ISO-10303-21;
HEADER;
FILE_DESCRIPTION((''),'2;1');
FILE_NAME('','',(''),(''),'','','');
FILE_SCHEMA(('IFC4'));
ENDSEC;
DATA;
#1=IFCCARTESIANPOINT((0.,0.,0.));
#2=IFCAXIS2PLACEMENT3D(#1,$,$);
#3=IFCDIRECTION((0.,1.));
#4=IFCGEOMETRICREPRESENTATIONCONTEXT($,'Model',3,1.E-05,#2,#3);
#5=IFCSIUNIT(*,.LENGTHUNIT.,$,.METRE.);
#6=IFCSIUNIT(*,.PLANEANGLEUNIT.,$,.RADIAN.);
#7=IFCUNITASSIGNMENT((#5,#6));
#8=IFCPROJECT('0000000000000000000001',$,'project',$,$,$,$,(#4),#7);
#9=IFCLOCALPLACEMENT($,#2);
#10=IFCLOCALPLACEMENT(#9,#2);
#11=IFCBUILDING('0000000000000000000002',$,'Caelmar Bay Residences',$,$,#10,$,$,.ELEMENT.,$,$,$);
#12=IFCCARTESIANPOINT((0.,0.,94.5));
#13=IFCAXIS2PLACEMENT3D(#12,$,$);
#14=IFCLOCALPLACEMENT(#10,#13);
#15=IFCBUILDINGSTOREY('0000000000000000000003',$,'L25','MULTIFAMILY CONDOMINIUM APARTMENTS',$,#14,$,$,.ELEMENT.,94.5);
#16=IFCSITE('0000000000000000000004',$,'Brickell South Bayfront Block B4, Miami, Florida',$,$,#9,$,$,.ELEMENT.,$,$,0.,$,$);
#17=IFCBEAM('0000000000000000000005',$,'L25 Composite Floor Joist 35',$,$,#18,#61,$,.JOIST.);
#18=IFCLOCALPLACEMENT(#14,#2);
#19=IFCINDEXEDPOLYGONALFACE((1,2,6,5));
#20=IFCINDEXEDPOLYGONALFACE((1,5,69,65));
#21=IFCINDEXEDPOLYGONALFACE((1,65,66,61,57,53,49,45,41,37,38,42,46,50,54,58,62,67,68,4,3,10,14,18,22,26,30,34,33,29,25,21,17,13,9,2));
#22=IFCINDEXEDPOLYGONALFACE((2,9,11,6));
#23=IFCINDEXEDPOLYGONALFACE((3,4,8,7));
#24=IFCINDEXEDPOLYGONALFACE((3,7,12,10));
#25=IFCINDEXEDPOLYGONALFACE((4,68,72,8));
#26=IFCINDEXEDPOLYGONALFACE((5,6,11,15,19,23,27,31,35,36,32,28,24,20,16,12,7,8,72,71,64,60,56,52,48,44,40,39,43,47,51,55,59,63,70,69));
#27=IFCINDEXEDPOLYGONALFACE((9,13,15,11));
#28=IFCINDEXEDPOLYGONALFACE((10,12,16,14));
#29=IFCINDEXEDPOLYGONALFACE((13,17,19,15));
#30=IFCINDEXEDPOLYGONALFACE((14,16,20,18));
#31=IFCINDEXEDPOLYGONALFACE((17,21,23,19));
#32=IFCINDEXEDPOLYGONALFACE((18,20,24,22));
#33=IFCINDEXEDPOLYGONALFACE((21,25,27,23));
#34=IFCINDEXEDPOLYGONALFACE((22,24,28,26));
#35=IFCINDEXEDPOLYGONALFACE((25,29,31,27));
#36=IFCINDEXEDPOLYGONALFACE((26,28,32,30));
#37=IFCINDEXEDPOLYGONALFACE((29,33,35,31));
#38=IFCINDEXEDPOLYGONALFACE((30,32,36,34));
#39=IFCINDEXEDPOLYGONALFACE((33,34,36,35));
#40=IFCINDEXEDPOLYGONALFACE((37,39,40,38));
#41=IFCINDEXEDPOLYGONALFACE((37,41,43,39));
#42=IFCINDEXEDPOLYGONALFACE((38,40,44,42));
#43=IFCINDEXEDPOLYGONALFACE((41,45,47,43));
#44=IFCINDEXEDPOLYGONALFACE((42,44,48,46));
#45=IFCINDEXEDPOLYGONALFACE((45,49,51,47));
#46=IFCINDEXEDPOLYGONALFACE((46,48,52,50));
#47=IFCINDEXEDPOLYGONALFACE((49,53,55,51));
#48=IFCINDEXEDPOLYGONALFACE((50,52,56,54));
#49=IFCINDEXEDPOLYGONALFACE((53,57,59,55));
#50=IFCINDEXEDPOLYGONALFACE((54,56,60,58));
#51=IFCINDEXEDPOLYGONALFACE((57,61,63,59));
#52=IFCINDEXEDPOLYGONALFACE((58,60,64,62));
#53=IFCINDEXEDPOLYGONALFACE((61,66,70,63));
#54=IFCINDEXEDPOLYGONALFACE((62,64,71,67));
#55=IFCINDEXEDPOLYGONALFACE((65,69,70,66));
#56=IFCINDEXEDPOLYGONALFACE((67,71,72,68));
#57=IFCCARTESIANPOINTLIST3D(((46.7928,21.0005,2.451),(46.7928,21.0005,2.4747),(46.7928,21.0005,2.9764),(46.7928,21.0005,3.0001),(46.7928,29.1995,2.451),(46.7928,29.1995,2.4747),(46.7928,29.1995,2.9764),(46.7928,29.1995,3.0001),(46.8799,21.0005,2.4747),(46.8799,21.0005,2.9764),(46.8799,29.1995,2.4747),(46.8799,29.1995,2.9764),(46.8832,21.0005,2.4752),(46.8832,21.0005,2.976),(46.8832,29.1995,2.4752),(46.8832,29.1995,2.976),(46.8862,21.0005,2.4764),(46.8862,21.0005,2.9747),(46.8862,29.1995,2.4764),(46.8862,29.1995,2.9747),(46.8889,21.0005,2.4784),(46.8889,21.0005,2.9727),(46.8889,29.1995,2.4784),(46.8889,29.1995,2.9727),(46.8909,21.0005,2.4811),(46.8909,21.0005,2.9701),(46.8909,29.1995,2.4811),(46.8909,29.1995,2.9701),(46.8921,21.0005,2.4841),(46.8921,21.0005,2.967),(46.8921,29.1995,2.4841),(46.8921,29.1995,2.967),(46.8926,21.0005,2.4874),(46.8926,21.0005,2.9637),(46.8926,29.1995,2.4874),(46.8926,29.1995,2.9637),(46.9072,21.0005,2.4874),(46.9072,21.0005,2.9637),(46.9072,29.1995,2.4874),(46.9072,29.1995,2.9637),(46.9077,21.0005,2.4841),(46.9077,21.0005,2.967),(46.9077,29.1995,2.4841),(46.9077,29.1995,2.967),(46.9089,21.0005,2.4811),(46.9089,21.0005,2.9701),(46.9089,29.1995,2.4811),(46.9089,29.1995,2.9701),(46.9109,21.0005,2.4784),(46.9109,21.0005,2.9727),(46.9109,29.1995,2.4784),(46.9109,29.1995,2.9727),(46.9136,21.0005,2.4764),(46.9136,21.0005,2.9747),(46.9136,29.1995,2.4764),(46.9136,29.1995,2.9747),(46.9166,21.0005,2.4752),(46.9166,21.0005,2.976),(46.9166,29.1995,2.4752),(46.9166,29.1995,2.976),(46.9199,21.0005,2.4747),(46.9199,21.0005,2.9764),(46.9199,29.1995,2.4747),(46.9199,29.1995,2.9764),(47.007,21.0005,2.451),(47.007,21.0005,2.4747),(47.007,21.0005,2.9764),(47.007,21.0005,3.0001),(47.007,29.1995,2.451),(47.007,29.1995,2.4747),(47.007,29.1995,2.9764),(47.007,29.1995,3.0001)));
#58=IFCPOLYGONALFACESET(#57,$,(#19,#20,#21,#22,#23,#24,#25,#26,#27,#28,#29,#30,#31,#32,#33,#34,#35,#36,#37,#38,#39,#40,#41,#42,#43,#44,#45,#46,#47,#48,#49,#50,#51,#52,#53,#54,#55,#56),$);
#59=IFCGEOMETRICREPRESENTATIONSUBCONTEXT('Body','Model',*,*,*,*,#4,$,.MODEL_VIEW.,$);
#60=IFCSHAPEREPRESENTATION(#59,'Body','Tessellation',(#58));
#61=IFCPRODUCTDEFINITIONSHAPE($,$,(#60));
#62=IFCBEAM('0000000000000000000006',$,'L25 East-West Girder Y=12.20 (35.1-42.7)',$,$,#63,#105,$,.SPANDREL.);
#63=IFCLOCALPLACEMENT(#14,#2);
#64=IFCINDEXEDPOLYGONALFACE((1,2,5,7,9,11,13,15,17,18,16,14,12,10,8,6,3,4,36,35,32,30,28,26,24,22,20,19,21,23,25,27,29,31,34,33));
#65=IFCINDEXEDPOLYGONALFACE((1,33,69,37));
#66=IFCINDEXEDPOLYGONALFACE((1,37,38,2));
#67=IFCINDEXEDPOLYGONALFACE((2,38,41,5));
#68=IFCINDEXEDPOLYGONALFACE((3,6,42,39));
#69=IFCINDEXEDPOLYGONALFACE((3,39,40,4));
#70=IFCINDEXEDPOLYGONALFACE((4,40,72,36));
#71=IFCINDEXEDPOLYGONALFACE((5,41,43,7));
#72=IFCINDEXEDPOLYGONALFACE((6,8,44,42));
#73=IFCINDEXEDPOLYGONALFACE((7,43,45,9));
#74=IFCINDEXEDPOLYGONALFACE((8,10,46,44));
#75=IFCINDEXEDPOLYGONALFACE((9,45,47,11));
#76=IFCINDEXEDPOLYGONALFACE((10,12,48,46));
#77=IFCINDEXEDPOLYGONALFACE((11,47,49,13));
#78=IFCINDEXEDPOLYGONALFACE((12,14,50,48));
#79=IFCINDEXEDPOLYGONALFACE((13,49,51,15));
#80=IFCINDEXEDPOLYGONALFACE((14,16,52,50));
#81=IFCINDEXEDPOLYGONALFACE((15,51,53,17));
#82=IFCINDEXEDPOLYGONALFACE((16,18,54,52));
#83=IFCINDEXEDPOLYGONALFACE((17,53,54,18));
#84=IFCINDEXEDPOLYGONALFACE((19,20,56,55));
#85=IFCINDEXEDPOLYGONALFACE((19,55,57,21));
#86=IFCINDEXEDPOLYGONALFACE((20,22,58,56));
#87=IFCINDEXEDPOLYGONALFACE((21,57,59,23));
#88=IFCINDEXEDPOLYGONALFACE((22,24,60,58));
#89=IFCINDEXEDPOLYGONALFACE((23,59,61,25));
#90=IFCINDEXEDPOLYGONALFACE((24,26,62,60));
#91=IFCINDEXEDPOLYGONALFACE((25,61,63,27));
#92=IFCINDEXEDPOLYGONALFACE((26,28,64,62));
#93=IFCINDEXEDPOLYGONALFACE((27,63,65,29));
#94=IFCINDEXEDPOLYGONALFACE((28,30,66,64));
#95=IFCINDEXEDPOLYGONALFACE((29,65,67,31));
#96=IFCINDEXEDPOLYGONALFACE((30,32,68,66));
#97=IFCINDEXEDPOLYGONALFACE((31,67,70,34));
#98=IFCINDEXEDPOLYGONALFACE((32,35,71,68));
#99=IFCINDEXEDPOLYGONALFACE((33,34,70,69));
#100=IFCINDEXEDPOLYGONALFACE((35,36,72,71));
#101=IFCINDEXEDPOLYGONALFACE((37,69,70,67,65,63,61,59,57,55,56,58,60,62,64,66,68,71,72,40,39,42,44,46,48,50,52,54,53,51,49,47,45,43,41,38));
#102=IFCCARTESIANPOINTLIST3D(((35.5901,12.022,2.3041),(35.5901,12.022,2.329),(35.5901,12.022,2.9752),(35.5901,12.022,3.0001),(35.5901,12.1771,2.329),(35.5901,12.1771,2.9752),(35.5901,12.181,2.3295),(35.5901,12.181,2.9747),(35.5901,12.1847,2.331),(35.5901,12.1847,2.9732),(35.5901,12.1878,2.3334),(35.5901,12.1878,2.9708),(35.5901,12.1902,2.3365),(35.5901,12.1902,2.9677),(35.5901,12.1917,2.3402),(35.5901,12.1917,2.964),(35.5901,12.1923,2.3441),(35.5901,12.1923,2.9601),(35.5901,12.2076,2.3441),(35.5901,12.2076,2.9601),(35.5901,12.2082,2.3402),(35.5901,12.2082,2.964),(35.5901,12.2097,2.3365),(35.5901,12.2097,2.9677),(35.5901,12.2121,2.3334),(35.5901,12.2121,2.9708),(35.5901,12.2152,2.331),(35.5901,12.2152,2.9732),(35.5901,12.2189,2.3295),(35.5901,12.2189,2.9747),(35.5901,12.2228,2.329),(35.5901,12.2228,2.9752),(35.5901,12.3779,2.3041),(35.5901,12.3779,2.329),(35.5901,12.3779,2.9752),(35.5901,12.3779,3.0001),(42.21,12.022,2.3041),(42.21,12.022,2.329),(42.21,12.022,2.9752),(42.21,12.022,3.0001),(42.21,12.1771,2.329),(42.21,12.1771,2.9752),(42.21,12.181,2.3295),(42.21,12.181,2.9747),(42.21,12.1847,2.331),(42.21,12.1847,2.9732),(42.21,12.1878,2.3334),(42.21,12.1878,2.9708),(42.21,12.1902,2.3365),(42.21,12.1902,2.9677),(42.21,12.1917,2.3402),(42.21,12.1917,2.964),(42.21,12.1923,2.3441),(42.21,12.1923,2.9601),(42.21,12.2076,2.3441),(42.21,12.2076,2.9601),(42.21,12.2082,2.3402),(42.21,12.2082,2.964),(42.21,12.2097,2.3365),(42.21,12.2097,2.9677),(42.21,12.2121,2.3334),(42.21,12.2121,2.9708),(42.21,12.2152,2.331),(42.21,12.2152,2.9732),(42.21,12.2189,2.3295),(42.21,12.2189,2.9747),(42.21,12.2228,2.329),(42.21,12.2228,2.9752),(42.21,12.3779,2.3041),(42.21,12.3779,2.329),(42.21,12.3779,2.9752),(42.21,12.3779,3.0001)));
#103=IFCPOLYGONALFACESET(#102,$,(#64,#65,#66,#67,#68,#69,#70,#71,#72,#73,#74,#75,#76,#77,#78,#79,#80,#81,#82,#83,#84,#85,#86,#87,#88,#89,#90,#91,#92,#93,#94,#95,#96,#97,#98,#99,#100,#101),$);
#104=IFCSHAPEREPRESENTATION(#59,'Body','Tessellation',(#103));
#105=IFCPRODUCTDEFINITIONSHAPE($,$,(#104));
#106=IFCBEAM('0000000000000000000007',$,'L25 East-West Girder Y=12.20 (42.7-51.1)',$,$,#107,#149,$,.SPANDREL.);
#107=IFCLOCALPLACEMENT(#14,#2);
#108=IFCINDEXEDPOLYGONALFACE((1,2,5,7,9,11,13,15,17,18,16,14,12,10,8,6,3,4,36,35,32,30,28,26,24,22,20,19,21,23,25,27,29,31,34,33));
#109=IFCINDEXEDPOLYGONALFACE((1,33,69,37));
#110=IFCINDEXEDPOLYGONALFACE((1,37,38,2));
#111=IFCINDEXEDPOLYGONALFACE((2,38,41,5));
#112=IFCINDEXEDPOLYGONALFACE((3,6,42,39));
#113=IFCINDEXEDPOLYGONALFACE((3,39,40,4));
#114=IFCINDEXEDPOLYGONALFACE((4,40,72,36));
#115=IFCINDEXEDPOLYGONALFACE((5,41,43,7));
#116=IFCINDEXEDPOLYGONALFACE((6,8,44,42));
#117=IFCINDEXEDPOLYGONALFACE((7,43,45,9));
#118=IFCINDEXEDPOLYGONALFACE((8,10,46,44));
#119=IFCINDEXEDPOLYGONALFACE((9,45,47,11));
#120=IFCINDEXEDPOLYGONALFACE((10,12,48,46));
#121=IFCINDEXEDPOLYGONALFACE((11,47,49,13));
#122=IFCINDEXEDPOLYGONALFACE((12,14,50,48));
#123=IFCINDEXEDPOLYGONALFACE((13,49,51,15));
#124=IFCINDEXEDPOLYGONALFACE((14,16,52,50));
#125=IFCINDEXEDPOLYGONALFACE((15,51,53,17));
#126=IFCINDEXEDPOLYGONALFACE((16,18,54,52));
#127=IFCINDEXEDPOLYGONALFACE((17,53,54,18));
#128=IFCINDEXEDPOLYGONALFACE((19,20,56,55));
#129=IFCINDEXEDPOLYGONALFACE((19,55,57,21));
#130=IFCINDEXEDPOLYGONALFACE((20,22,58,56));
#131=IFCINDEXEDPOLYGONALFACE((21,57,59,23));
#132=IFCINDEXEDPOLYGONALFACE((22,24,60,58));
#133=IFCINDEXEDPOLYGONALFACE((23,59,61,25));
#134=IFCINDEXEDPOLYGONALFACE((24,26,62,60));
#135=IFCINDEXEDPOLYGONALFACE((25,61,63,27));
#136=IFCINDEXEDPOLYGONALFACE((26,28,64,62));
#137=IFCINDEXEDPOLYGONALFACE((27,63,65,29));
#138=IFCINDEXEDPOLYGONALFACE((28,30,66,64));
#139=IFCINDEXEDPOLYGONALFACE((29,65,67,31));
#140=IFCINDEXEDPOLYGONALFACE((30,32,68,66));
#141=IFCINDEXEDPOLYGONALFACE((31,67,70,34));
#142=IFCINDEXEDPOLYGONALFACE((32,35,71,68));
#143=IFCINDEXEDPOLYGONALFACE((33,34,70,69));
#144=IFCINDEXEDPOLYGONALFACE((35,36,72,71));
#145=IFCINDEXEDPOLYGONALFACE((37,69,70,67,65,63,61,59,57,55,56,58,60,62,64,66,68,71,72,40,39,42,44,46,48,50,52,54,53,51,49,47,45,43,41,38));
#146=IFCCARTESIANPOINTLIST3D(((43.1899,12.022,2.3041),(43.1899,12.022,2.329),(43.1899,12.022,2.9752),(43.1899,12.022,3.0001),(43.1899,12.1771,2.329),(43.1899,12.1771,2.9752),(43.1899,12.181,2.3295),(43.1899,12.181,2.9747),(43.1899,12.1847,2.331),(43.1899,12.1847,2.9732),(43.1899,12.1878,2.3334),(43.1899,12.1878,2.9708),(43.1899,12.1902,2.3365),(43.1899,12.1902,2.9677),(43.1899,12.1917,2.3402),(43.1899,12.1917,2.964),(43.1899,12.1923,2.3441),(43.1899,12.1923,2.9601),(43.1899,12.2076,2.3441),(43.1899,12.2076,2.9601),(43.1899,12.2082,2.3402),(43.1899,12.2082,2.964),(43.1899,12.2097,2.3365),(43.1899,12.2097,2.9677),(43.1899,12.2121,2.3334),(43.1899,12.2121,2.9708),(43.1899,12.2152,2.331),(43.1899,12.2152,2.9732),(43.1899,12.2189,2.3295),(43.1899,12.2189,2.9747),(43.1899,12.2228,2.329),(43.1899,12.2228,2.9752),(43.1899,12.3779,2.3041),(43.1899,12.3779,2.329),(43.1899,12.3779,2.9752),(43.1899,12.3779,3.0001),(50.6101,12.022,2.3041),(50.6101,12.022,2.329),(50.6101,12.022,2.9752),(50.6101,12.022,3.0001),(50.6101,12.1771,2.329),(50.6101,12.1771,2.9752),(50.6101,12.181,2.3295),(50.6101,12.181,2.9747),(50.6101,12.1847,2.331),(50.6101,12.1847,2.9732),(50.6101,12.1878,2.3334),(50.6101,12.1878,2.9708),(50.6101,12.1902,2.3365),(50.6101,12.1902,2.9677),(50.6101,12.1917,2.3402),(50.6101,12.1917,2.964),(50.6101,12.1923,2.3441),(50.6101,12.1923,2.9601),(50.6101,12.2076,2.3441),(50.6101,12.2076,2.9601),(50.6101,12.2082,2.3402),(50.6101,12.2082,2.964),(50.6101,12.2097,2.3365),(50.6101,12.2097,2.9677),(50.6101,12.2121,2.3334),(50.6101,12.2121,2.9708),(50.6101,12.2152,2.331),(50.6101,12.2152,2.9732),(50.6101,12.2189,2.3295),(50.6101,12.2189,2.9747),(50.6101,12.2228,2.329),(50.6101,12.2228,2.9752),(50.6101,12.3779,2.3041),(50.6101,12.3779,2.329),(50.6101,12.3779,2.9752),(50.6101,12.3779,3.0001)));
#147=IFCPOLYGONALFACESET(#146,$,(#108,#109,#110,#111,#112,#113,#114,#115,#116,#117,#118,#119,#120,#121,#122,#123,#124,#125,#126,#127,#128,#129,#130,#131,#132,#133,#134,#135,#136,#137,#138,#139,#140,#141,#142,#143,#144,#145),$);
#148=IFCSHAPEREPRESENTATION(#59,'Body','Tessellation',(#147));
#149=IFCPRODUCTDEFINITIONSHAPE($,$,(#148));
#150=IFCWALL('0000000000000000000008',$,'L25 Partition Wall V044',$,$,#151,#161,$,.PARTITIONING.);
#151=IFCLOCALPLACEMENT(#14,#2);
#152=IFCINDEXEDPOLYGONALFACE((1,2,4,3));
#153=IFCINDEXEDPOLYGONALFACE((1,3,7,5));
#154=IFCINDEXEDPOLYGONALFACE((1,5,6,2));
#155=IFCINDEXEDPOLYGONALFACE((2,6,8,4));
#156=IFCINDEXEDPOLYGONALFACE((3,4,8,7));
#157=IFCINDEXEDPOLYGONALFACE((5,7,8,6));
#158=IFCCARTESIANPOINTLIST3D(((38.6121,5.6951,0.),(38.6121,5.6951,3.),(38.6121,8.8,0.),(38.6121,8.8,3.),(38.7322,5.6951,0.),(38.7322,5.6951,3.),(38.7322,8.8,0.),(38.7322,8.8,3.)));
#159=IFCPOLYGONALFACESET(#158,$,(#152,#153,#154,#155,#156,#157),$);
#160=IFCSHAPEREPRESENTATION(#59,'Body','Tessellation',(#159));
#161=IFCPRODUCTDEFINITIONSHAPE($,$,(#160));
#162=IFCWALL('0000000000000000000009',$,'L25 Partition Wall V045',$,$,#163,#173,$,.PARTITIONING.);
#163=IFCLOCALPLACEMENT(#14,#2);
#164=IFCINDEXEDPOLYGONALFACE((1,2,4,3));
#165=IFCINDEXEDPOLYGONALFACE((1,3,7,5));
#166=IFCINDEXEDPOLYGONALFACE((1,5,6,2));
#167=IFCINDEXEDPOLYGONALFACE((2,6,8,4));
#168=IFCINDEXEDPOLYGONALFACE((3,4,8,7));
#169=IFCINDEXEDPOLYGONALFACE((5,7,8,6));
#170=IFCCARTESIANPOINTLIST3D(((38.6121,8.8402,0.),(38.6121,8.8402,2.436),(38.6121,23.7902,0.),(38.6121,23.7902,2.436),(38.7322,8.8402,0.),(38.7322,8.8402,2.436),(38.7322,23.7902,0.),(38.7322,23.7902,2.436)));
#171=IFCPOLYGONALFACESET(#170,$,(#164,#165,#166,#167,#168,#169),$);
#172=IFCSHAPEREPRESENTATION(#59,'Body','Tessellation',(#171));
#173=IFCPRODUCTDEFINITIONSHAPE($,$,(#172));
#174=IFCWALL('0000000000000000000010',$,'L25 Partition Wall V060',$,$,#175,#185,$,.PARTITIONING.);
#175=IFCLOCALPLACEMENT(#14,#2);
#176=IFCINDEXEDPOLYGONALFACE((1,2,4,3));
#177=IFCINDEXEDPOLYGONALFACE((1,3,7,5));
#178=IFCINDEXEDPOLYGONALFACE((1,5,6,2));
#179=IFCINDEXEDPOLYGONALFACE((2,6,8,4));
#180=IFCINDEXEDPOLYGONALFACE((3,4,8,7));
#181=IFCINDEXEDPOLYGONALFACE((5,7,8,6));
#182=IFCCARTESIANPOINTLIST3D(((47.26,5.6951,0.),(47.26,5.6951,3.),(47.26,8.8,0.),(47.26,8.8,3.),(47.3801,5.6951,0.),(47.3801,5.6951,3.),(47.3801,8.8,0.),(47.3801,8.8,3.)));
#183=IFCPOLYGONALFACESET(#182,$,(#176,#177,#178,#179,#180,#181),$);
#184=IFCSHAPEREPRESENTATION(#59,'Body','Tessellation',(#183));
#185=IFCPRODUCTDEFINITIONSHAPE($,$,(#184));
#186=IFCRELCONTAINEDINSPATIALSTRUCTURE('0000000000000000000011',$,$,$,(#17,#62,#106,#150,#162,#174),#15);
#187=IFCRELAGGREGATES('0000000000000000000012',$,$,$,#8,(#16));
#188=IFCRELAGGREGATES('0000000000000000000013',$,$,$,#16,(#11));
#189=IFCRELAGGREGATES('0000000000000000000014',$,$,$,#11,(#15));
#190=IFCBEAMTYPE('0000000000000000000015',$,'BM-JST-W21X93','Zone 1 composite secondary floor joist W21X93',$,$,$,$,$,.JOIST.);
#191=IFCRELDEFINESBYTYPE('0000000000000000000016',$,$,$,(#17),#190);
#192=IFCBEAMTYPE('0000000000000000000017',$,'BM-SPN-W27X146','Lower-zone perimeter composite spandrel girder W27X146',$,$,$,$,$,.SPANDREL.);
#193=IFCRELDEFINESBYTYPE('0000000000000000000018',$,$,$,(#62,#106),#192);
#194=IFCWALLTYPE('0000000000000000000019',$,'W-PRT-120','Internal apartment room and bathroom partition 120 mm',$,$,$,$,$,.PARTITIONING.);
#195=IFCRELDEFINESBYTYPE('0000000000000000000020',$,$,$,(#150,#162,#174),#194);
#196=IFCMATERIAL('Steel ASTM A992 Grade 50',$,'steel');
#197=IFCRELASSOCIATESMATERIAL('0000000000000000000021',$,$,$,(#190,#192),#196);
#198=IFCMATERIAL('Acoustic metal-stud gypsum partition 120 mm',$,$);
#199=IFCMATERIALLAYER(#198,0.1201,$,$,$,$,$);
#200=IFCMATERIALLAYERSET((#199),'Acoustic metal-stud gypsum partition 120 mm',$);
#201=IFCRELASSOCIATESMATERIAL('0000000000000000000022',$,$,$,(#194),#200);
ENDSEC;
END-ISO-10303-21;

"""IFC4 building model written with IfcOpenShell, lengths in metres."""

from ifc_helpers import new_model, si_unit, direction, frame, frame_2d, origin, origin_2d, place, context, subcontext, project, spatial, rectangle, i_section, extrude, material, layer, layer_set, material_profile, profile_set, type_object, element, save


model = new_model("IFC4")

# Units and contexts
model_context = context("Model", 3, precision=1e-05, world=origin(), true_north=direction((0.0, 1.0)))
body_context = subcontext(model_context, "Body", "Model", "MODEL_VIEW")
ifc_project = project(units=[si_unit("LENGTHUNIT", "METRE"), si_unit("PLANEANGLEUNIT", "RADIAN")], contexts=[model_context])

# Site, building, storey
site_placement = place(None, origin())
site = spatial("IfcSite", under=ifc_project, at=site_placement, Name="Brickell South Bayfront Block B4, Miami, Florida", CompositionType="ELEMENT", RefElevation=0.0)
building_placement = place(site_placement, origin())
building = spatial("IfcBuilding", under=site, at=building_placement, Name="Caelmar Bay Residences", CompositionType="ELEMENT")
storey_placement = place(building_placement, frame((0.0, 0.0, 94.5)))
storey = spatial("IfcBuildingStorey", under=building, at=storey_placement, Name="L25", Description="MULTIFAMILY CONDOMINIUM APARTMENTS", CompositionType="ELEMENT", Elevation=94.5)

# Beams
ifc_material_1 = material(Name="Steel ASTM A992 Grade 50", Category="steel")
ifc_material_profile_1 = material_profile(ifc_material_1, i_section(OverallWidth=0.2141, OverallDepth=0.5491, WebThickness=0.0146, FlangeThickness=0.0237, FilletRadius=0.0127, at=origin_2d()), Name="W21X93")
ifc_profile_set_1 = profile_set([ifc_material_profile_1], Name="Steel ASTM A992 Grade 50")
beam_type_1 = type_object("IfcBeamType", Name="BM-JST-W21X93", Description="Zone 1 composite secondary floor joist W21X93", PredefinedType="JOIST", material=ifc_profile_set_1)
for number, where, z_axis, x_axis, name in (
    (1, (46.8999, 21.0005, 2.7256), (0.0, 1.0, 0.0), (-1.0, 0.0, 0.0), "L25 Composite Floor Joist 35"),
):
    element("IfcBeam", number, at=place(storey_placement, frame(where, z_axis=z_axis, x_axis=x_axis)), inside=storey, type_object=beam_type_1, Name=name, PredefinedType="JOIST", context=body_context, shape_type="SweptSolid", body=[
        extrude(i_section(OverallWidth=0.2141, OverallDepth=0.5491, WebThickness=0.0146, FlangeThickness=0.0237, FilletRadius=0.0127, at=origin_2d()), origin(), (0.0, 0.0, 1.0), 8.199),
    ])
ifc_material_profile_2 = material_profile(ifc_material_1, i_section(OverallWidth=0.356, OverallDepth=0.696, WebThickness=0.0154, FlangeThickness=0.0249, FilletRadius=0.0151, at=origin_2d()), Name="W27X146")
ifc_profile_set_2 = profile_set([ifc_material_profile_2], Name="Steel ASTM A992 Grade 50")
beam_type_2 = type_object("IfcBeamType", Name="BM-SPN-W27X146", Description="Lower-zone perimeter composite spandrel girder W27X146", PredefinedType="SPANDREL", material=ifc_profile_set_2)
beam_1_placement = place(storey_placement, frame((35.5901, 12.2, 2.6521), z_axis=(1.0, 0.0, 0.0), x_axis=(0.0, 1.0, 0.0)))
element("IfcBeam", 2, at=beam_1_placement, inside=storey, type_object=beam_type_2, Name="L25 East-West Girder Y=12.20 (35.1-42.7)", PredefinedType="SPANDREL", context=body_context, shape_type="SweptSolid", body=[
    extrude(i_section(OverallWidth=0.356, OverallDepth=0.696, WebThickness=0.0154, FlangeThickness=0.0249, FilletRadius=0.0151, at=origin_2d()), origin(), (0.0, 0.0, 1.0), 6.6199),
])
beam_2_placement = place(storey_placement, frame((43.1899, 12.2, 2.6521), z_axis=(1.0, 0.0, 0.0), x_axis=(0.0, 1.0, 0.0)))
element("IfcBeam", 3, at=beam_2_placement, inside=storey, type_object=beam_type_2, Name="L25 East-West Girder Y=12.20 (42.7-51.1)", PredefinedType="SPANDREL", context=body_context, shape_type="SweptSolid", body=[
    extrude(i_section(OverallWidth=0.356, OverallDepth=0.696, WebThickness=0.0154, FlangeThickness=0.0249, FilletRadius=0.0151, at=origin_2d()), origin(), (0.0, 0.0, 1.0), 7.4202),
])

# Walls
ifc_material_2 = material(Name="Acoustic metal-stud gypsum partition 120 mm")
ifc_layer_1 = layer(ifc_material_2, 0.1201)
ifc_layer_set_1 = layer_set([ifc_layer_1], Name="Acoustic metal-stud gypsum partition 120 mm")
wall_type_1 = type_object("IfcWallType", Name="W-PRT-120", Description="Internal apartment room and bathroom partition 120 mm", PredefinedType="PARTITIONING", material=ifc_layer_set_1)
wall_1_placement = place(storey_placement, frame((38.6721, 5.6951, 0.0), z_axis=(0.0, 0.0, 1.0), x_axis=(0.0, 1.0, 0.0)))
element("IfcWall", 4, at=wall_1_placement, inside=storey, type_object=wall_type_1, Name="L25 Partition Wall V044", PredefinedType="PARTITIONING", context=body_context, shape_type="SweptSolid", body=[
    extrude(rectangle(XDim=3.105, YDim=0.1201, at=frame_2d((1.5525, 0.0))), origin(), (0.0, 0.0, 1.0), 3.0),
])
wall_2_placement = place(storey_placement, frame((38.6721, 8.8401, 0.0), z_axis=(0.0, 0.0, 1.0), x_axis=(0.0, 1.0, 0.0)))
element("IfcWall", 5, at=wall_2_placement, inside=storey, type_object=wall_type_1, Name="L25 Partition Wall V045", PredefinedType="PARTITIONING", context=body_context, shape_type="SweptSolid", body=[
    extrude(rectangle(XDim=14.95, YDim=0.1201, at=frame_2d((7.4751, 0.0))), origin(), (0.0, 0.0, 1.0), 2.436),
])
wall_3_placement = place(storey_placement, frame((47.3201, 5.6951, 0.0), z_axis=(0.0, 0.0, 1.0), x_axis=(0.0, 1.0, 0.0)))
element("IfcWall", 6, at=wall_3_placement, inside=storey, type_object=wall_type_1, Name="L25 Partition Wall V060", PredefinedType="PARTITIONING", context=body_context, shape_type="SweptSolid", body=[
    extrude(rectangle(XDim=3.105, YDim=0.1201, at=frame_2d((1.5525, 0.0))), origin(), (0.0, 0.0, 1.0), 3.0),
])

save(model, "model.ifc")
